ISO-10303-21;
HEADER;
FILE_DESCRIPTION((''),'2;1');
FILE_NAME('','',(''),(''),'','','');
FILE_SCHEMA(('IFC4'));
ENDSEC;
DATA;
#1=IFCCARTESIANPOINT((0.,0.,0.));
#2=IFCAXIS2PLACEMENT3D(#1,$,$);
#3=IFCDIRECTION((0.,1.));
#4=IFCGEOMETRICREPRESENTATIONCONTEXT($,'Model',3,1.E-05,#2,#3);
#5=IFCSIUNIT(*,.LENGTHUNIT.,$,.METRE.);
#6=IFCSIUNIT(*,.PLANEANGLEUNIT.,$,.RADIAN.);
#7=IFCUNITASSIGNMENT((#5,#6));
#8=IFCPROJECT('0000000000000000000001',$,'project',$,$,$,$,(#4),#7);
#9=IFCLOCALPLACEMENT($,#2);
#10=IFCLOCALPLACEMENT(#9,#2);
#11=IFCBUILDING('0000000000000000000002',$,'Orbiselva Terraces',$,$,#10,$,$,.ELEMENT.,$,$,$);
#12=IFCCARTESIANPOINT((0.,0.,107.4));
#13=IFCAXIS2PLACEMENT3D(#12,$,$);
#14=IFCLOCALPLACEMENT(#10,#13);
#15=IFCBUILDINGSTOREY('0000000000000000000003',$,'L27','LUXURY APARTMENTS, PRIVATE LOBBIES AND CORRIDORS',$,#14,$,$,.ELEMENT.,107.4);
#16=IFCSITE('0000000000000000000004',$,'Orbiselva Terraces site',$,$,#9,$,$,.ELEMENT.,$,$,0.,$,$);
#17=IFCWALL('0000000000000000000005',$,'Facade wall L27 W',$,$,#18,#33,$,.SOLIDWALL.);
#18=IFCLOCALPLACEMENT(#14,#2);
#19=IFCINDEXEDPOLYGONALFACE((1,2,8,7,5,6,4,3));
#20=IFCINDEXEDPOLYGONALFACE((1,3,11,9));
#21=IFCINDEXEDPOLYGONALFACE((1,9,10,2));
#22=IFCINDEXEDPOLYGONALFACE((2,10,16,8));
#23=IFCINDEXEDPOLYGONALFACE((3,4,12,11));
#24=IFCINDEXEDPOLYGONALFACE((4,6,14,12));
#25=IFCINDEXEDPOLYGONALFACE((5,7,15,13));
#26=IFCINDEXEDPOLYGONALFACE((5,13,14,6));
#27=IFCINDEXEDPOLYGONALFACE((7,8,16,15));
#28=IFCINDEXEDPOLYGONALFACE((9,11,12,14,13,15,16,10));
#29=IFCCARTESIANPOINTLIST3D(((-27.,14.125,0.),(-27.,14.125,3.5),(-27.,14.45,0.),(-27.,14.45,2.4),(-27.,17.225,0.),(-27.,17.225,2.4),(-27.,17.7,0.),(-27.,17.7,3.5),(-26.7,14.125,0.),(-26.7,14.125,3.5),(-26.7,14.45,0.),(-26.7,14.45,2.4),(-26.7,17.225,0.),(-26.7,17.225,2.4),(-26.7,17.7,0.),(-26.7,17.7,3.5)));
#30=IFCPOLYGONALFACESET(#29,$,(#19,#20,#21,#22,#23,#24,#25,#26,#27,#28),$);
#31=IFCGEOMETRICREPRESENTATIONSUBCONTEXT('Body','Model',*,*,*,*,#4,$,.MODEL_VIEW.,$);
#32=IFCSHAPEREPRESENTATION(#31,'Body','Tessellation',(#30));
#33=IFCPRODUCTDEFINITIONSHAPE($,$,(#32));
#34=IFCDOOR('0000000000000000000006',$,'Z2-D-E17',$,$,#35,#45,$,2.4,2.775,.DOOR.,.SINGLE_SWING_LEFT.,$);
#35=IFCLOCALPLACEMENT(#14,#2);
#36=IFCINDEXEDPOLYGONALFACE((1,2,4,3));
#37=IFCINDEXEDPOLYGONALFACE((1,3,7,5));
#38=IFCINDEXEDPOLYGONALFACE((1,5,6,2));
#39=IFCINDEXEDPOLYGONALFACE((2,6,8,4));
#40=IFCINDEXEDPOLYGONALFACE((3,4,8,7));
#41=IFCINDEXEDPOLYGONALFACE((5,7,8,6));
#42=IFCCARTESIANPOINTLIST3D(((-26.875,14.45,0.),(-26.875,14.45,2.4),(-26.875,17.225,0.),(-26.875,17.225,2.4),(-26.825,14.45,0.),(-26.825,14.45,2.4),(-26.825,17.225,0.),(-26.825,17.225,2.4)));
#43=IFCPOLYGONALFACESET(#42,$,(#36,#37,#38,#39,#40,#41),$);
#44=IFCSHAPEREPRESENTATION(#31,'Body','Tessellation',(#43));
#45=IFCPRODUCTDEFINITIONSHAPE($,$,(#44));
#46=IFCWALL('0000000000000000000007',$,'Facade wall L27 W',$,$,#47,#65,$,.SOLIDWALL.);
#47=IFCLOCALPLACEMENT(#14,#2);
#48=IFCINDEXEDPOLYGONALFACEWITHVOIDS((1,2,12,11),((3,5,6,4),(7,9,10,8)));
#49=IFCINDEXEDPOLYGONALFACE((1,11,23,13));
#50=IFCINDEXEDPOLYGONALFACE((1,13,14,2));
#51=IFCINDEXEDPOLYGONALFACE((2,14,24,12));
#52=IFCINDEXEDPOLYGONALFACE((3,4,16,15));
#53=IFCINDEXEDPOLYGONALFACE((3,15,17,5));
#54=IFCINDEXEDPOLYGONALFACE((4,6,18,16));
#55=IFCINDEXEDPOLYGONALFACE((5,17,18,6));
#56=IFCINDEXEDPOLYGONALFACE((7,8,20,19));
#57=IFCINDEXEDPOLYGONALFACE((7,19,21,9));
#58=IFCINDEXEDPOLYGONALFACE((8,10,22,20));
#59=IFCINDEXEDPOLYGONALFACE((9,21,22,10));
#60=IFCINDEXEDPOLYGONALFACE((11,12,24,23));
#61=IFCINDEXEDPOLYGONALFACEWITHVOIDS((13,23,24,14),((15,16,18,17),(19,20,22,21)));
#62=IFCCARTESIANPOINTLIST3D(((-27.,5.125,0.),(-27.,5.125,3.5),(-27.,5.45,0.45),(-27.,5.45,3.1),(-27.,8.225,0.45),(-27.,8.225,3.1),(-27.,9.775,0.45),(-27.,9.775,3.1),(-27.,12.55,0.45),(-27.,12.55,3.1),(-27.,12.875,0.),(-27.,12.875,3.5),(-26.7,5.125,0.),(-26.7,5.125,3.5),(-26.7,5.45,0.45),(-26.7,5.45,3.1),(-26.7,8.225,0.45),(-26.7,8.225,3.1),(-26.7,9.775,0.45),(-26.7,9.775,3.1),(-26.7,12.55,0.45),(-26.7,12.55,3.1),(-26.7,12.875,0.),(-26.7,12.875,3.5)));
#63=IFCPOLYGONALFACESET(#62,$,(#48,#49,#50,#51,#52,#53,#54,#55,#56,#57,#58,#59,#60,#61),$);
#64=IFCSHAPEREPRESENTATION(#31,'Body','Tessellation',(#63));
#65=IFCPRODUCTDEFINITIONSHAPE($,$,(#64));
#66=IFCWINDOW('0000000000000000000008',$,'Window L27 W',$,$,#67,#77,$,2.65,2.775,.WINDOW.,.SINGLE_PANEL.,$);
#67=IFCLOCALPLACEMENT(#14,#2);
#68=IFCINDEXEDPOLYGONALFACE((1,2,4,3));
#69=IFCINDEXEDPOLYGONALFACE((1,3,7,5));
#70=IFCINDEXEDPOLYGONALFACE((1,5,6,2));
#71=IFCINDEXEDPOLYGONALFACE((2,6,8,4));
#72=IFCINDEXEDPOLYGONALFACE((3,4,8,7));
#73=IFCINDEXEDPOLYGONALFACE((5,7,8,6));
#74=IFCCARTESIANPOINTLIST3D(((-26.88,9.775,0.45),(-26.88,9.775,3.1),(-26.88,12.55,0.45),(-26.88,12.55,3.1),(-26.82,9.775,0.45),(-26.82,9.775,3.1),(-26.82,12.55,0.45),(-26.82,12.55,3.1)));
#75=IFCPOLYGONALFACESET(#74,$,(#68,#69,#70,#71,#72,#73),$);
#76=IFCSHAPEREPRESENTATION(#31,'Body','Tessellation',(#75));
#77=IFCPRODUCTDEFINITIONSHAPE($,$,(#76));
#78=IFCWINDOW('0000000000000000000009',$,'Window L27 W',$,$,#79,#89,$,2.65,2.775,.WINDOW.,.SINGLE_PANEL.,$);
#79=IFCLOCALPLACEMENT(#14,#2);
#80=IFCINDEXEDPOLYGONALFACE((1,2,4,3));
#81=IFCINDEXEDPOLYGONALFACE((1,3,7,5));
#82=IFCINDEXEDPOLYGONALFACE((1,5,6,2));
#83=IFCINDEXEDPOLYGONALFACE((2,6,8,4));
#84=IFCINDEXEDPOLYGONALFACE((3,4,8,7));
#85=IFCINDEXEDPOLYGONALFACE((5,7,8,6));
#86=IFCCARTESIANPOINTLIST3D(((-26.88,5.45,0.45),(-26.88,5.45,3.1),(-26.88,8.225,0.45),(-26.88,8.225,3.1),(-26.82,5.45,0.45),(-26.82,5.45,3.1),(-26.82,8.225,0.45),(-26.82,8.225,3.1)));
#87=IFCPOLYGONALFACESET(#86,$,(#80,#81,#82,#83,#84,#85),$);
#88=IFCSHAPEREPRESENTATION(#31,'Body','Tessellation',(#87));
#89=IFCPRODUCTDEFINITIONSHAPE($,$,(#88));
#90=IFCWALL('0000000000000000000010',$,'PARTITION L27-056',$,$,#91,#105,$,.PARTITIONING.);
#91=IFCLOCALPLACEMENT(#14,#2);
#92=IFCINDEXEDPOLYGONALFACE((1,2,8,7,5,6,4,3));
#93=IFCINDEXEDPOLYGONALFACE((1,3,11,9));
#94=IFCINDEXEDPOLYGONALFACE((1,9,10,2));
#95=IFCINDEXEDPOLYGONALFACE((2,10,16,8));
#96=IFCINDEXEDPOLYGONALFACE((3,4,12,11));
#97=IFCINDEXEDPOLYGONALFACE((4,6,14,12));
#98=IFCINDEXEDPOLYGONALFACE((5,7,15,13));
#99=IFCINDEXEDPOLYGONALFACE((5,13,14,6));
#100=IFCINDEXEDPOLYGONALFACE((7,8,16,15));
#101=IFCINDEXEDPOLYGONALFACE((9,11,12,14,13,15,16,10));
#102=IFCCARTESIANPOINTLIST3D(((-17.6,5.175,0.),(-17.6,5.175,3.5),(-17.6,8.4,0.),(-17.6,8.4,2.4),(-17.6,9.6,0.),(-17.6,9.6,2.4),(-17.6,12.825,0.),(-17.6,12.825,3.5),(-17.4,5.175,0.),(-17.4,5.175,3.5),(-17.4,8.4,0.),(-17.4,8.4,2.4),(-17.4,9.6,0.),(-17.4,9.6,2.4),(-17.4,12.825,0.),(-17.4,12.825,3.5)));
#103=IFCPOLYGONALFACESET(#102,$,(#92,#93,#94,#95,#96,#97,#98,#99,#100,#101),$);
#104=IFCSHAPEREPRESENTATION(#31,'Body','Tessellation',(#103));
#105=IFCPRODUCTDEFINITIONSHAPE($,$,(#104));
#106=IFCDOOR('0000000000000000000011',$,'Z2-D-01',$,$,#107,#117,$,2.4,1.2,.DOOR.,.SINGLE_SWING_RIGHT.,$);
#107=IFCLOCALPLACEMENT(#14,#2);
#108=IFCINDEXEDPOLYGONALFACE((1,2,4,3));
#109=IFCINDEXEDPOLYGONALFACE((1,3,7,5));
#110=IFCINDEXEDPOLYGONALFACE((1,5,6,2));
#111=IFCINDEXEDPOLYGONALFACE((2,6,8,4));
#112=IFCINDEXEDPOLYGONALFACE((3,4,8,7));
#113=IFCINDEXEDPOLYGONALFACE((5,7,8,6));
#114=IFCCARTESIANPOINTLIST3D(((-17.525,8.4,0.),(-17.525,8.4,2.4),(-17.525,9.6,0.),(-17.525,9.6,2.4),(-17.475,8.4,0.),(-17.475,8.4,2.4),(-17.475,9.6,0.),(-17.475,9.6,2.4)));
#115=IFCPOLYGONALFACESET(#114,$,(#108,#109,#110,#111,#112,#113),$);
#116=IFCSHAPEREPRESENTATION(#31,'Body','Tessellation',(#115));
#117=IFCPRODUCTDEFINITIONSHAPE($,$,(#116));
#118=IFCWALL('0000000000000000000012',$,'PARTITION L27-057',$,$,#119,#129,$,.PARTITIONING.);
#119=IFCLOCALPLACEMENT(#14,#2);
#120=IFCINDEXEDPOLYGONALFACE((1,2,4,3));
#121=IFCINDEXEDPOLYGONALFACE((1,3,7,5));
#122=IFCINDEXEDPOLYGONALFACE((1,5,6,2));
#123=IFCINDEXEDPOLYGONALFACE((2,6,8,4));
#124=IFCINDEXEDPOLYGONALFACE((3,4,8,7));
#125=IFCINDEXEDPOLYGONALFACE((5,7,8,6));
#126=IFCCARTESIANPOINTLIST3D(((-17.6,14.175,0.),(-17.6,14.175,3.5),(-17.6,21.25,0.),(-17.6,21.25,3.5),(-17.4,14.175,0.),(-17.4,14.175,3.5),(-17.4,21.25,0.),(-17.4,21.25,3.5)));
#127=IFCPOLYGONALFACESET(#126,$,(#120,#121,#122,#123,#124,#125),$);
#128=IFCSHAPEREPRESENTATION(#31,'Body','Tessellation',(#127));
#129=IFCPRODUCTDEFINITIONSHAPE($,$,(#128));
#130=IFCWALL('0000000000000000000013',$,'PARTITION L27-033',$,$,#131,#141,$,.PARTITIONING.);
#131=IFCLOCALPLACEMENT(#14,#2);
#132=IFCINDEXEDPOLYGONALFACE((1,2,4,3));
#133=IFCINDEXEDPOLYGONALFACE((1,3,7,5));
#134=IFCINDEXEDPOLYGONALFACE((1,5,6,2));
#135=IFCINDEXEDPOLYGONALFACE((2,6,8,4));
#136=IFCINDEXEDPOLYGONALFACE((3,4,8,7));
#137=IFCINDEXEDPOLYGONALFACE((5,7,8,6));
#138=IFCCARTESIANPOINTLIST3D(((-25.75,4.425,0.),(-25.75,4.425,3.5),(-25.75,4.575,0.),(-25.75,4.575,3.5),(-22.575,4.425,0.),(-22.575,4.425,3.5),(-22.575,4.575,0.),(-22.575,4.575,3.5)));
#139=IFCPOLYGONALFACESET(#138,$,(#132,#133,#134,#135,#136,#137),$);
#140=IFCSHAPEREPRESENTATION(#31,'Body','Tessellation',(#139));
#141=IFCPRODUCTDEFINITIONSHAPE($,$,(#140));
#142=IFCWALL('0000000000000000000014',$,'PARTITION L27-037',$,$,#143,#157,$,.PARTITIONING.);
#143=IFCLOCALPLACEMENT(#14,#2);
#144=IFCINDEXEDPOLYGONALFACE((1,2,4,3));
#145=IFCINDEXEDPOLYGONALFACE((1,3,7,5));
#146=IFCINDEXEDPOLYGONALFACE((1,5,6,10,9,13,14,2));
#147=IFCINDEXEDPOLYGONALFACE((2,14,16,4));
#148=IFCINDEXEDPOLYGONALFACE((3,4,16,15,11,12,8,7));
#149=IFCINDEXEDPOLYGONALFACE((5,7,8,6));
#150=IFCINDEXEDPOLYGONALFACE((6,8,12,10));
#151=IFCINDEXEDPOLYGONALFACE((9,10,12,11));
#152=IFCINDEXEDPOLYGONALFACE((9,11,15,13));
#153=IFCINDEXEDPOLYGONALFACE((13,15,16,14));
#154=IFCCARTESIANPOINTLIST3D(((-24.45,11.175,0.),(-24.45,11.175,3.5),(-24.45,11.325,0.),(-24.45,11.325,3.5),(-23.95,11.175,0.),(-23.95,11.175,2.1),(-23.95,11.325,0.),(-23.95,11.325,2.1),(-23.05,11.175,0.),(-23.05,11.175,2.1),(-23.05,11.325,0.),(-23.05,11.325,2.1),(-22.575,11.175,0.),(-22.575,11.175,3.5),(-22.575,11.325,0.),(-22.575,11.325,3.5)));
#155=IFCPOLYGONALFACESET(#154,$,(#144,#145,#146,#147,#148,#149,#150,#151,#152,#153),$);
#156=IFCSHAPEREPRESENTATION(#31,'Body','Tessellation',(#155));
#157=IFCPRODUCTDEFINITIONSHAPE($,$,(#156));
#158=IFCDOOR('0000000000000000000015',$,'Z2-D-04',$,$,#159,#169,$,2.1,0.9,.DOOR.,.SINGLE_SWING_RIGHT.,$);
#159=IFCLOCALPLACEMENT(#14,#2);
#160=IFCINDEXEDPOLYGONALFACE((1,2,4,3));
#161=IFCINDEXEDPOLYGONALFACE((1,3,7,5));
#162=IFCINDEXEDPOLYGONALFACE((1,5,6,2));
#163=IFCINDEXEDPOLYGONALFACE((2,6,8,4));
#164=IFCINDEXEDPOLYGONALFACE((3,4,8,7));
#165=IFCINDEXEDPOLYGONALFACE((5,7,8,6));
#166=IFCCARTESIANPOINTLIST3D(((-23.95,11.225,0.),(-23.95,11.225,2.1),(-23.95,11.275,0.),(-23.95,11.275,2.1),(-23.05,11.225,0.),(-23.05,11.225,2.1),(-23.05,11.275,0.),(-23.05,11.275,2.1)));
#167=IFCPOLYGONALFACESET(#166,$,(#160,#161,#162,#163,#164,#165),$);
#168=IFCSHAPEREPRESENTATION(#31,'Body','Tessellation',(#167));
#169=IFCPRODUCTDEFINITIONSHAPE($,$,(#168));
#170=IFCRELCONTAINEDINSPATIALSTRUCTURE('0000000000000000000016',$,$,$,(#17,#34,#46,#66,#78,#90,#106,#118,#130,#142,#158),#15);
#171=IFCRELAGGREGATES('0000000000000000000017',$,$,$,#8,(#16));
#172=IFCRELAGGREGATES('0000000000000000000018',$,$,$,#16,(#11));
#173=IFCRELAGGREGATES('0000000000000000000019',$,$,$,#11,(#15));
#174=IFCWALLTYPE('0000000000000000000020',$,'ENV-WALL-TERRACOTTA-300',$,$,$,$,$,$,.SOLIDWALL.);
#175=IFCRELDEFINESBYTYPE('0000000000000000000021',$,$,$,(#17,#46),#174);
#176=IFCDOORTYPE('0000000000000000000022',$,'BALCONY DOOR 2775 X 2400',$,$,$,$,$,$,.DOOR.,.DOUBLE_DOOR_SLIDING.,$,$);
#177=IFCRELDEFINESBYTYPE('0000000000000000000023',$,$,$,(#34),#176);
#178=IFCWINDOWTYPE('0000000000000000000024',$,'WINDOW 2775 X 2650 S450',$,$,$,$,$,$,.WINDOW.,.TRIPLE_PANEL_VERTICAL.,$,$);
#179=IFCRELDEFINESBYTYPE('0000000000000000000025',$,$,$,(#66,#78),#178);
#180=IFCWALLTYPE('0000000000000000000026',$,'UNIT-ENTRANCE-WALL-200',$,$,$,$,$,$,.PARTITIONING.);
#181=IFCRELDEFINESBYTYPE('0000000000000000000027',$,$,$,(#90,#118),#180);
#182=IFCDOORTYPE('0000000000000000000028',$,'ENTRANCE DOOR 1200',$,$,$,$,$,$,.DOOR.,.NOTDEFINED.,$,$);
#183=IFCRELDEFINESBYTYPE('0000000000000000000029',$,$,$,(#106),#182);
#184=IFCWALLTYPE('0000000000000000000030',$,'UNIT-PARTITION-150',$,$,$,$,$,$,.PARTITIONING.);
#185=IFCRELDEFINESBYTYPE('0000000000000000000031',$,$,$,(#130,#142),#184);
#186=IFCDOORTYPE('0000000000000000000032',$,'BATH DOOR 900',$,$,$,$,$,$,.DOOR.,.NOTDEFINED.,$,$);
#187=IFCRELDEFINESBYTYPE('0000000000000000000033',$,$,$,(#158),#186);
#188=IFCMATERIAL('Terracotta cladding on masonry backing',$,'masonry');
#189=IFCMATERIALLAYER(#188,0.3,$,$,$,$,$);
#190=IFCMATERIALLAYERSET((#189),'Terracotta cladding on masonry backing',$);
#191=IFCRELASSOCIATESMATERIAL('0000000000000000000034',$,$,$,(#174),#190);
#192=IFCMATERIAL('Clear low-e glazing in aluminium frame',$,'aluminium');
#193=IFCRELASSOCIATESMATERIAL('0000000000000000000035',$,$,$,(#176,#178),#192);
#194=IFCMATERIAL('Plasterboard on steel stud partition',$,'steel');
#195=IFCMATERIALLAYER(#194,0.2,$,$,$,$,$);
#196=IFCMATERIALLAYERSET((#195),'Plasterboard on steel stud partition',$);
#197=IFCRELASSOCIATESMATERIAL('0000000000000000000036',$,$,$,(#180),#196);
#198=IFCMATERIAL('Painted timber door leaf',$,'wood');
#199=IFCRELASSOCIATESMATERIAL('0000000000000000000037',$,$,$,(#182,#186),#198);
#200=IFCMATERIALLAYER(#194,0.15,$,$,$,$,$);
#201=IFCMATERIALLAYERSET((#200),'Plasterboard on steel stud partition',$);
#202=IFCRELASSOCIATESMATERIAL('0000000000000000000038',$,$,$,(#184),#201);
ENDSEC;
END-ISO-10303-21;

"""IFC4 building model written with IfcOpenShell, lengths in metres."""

from ifc_helpers import new_model, si_unit, direction, frame, frame_2d, origin, place, context, subcontext, project, spatial, rectangle, extrude, material, layer, layer_set, type_object, element, fill, save


model = new_model("IFC4")

# Units and contexts
model_context = context("Model", 3, precision=1e-05, world=origin(), true_north=direction((0.0, 1.0)))
body_context = subcontext(model_context, "Body", "Model", "MODEL_VIEW")
ifc_project = project(units=[si_unit("LENGTHUNIT", "METRE"), si_unit("PLANEANGLEUNIT", "RADIAN")], contexts=[model_context])

# Site, building, storey
site_placement = place(None, origin())
site = spatial("IfcSite", under=ifc_project, at=site_placement, Name="Orbiselva Terraces site", CompositionType="ELEMENT", RefElevation=0.0)
building_placement = place(site_placement, origin())
building = spatial("IfcBuilding", under=site, at=building_placement, Name="Orbiselva Terraces", CompositionType="ELEMENT")
storey_placement = place(building_placement, frame((0.0, 0.0, 107.4)))
storey = spatial("IfcBuildingStorey", under=building, at=storey_placement, Name="L27", Description="LUXURY APARTMENTS, PRIVATE LOBBIES AND CORRIDORS", CompositionType="ELEMENT", Elevation=107.4)

# Wall, opening, door
ifc_material_1 = material(Name="Terracotta cladding on masonry backing", Category="masonry")
ifc_layer_1 = layer(ifc_material_1, 0.3)
ifc_layer_set_1 = layer_set([ifc_layer_1], Name="Terracotta cladding on masonry backing")
wall_type_1 = type_object("IfcWallType", Name="ENV-WALL-TERRACOTTA-300", PredefinedType="SOLIDWALL", material=ifc_layer_set_1)
wall_1_placement = place(storey_placement, frame((-26.85, 14.125, 0.0), z_axis=(0.0, 0.0, 1.0), x_axis=(0.0, 1.0, 0.0)))
wall_1 = element("IfcWall", 1, at=wall_1_placement, inside=storey, type_object=wall_type_1, Name="Facade wall L27 W", PredefinedType="SOLIDWALL", context=body_context, shape_type="SweptSolid", body=[
    extrude(rectangle(XDim=3.575, YDim=0.3, at=frame_2d((1.7875, 0.0))), origin(), (0.0, 0.0, 1.0), 3.5),
])
opening_1_placement = place(wall_1_placement, frame((0.325, 0.0, 0.0)))
opening_1 = element("IfcOpeningElement", 2, at=opening_1_placement, cuts=wall_1, PredefinedType="OPENING", context=body_context, shape_type="SweptSolid", body=[
    extrude(rectangle(XDim=2.775, YDim=2.4, at=frame_2d((1.3875, 1.2))), frame((0.0, 0.16, 0.0), z_axis=(0.0, -1.0, 0.0), x_axis=(1.0, 0.0, 0.0)), (0.0, 0.0, 1.0), 0.32),
])
ifc_material_2 = material(Name="Clear low-e glazing in aluminium frame", Category="aluminium")
door_type_1 = type_object("IfcDoorType", Name="BALCONY DOOR 2775 X 2400", OperationType="DOUBLE_DOOR_SLIDING", PredefinedType="DOOR", material=ifc_material_2)
door_1_placement = place(opening_1_placement, origin())
door_1 = element("IfcDoor", 3, at=door_1_placement, inside=storey, type_object=door_type_1, Name="Z2-D-E17", OperationType="SINGLE_SWING_LEFT", OverallHeight=2.4, OverallWidth=2.775, PredefinedType="DOOR", context=body_context, shape_type="SweptSolid", body=[
    extrude(rectangle(XDim=2.775, YDim=2.4, at=frame_2d((1.3875, 1.2))), frame((0.0, 0.025, 0.0), z_axis=(0.0, -1.0, 0.0), x_axis=(1.0, 0.0, 0.0)), (0.0, 0.0, 1.0), 0.05),
])
fill(opening_1, door_1)

# Wall, openings, windows
wall_2_placement = place(storey_placement, frame((-26.85, 5.125, 0.0), z_axis=(0.0, 0.0, 1.0), x_axis=(0.0, 1.0, 0.0)))
wall_2 = element("IfcWall", 4, at=wall_2_placement, inside=storey, type_object=wall_type_1, Name="Facade wall L27 W", PredefinedType="SOLIDWALL", context=body_context, shape_type="SweptSolid", body=[
    extrude(rectangle(XDim=7.75, YDim=0.3, at=frame_2d((3.875, 0.0))), origin(), (0.0, 0.0, 1.0), 3.5),
])
opening_2_placement = place(wall_2_placement, frame((4.65, 0.0, 0.45)))
opening_2 = element("IfcOpeningElement", 5, at=opening_2_placement, cuts=wall_2, PredefinedType="OPENING", context=body_context, shape_type="SweptSolid", body=[
    extrude(rectangle(XDim=2.775, YDim=2.65, at=frame_2d((1.3875, 1.325))), frame((0.0, 0.16, 0.0), z_axis=(0.0, -1.0, 0.0), x_axis=(1.0, 0.0, 0.0)), (0.0, 0.0, 1.0), 0.32),
])
opening_3_placement = place(wall_2_placement, frame((0.325, 0.0, 0.45)))
opening_3 = element("IfcOpeningElement", 6, at=opening_3_placement, cuts=wall_2, PredefinedType="OPENING", context=body_context, shape_type="SweptSolid", body=[
    extrude(rectangle(XDim=2.775, YDim=2.65, at=frame_2d((1.3875, 1.325))), frame((0.0, 0.16, 0.0), z_axis=(0.0, -1.0, 0.0), x_axis=(1.0, 0.0, 0.0)), (0.0, 0.0, 1.0), 0.32),
])
window_type = type_object("IfcWindowType", Name="WINDOW 2775 X 2650 S450", PartitioningType="TRIPLE_PANEL_VERTICAL", PredefinedType="WINDOW", material=ifc_material_2)
window_1_placement = place(opening_2_placement, origin())
window_1 = element("IfcWindow", 7, at=window_1_placement, inside=storey, type_object=window_type, Name="Window L27 W", OverallHeight=2.65, OverallWidth=2.775, PartitioningType="SINGLE_PANEL", PredefinedType="WINDOW", context=body_context, shape_type="SweptSolid", body=[
    extrude(rectangle(XDim=2.775, YDim=2.65, at=frame_2d((1.3875, 1.325))), frame((0.0, 0.03, 0.0), z_axis=(0.0, -1.0, 0.0), x_axis=(1.0, 0.0, 0.0)), (0.0, 0.0, 1.0), 0.06),
])
fill(opening_2, window_1)
window_2_placement = place(opening_3_placement, origin())
window_2 = element("IfcWindow", 8, at=window_2_placement, inside=storey, type_object=window_type, Name="Window L27 W", OverallHeight=2.65, OverallWidth=2.775, PartitioningType="SINGLE_PANEL", PredefinedType="WINDOW", context=body_context, shape_type="SweptSolid", body=[
    extrude(rectangle(XDim=2.775, YDim=2.65, at=frame_2d((1.3875, 1.325))), frame((0.0, 0.03, 0.0), z_axis=(0.0, -1.0, 0.0), x_axis=(1.0, 0.0, 0.0)), (0.0, 0.0, 1.0), 0.06),
])
fill(opening_3, window_2)

# Wall, opening, door
ifc_material_3 = material(Name="Plasterboard on steel stud partition", Category="steel")
ifc_layer_2 = layer(ifc_material_3, 0.2)
ifc_layer_set_2 = layer_set([ifc_layer_2], Name="Plasterboard on steel stud partition")
wall_type_2 = type_object("IfcWallType", Name="UNIT-ENTRANCE-WALL-200", PredefinedType="PARTITIONING", material=ifc_layer_set_2)
wall_3_placement = place(storey_placement, frame((-17.5, 5.175, 0.0), z_axis=(0.0, 0.0, 1.0), x_axis=(0.0, 1.0, 0.0)))
wall_3 = element("IfcWall", 9, at=wall_3_placement, inside=storey, type_object=wall_type_2, Name="PARTITION L27-056", PredefinedType="PARTITIONING", context=body_context, shape_type="SweptSolid", body=[
    extrude(rectangle(XDim=7.65, YDim=0.2, at=frame_2d((3.825, 0.0))), origin(), (0.0, 0.0, 1.0), 3.5),
])
opening_4_placement = place(wall_3_placement, frame((3.225, 0.0, 0.0)))
opening_4 = element("IfcOpeningElement", 10, at=opening_4_placement, cuts=wall_3, PredefinedType="OPENING", context=body_context, shape_type="SweptSolid", body=[
    extrude(rectangle(XDim=1.2, YDim=2.4, at=frame_2d((0.6, 1.2))), frame((0.0, 0.11, 0.0), z_axis=(0.0, -1.0, 0.0), x_axis=(1.0, 0.0, 0.0)), (0.0, 0.0, 1.0), 0.22),
])
ifc_material_4 = material(Name="Painted timber door leaf", Category="wood")
door_type_2 = type_object("IfcDoorType", Name="ENTRANCE DOOR 1200", OperationType="NOTDEFINED", PredefinedType="DOOR", material=ifc_material_4)
door_2_placement = place(opening_4_placement, origin())
door_2 = element("IfcDoor", 11, at=door_2_placement, inside=storey, type_object=door_type_2, Name="Z2-D-01", OperationType="SINGLE_SWING_RIGHT", OverallHeight=2.4, OverallWidth=1.2, PredefinedType="DOOR", context=body_context, shape_type="SweptSolid", body=[
    extrude(rectangle(XDim=1.2, YDim=2.4, at=frame_2d((0.6, 1.2))), frame((0.0, 0.025, 0.0), z_axis=(0.0, -1.0, 0.0), x_axis=(1.0, 0.0, 0.0)), (0.0, 0.0, 1.0), 0.05),
])
fill(opening_4, door_2)

# Walls
wall_4_placement = place(storey_placement, frame((-17.5, 14.175, 0.0), z_axis=(0.0, 0.0, 1.0), x_axis=(0.0, 1.0, 0.0)))
element("IfcWall", 12, at=wall_4_placement, inside=storey, type_object=wall_type_2, Name="PARTITION L27-057", PredefinedType="PARTITIONING", context=body_context, shape_type="SweptSolid", body=[
    extrude(rectangle(XDim=7.075, YDim=0.2, at=frame_2d((3.5375, 0.0))), origin(), (0.0, 0.0, 1.0), 3.5),
])
ifc_layer_3 = layer(ifc_material_3, 0.15)
ifc_layer_set_3 = layer_set([ifc_layer_3], Name="Plasterboard on steel stud partition")
wall_type_3 = type_object("IfcWallType", Name="UNIT-PARTITION-150", PredefinedType="PARTITIONING", material=ifc_layer_set_3)
wall_5_placement = place(storey_placement, frame((-25.75, 4.5, 0.0), z_axis=(0.0, 0.0, 1.0), x_axis=(1.0, 0.0, 0.0)))
element("IfcWall", 13, at=wall_5_placement, inside=storey, type_object=wall_type_3, Name="PARTITION L27-033", PredefinedType="PARTITIONING", context=body_context, shape_type="SweptSolid", body=[
    extrude(rectangle(XDim=3.175, YDim=0.15, at=frame_2d((1.5875, 0.0))), origin(), (0.0, 0.0, 1.0), 3.5),
])

# Wall, opening, door
wall_6_placement = place(storey_placement, frame((-24.45, 11.25, 0.0), z_axis=(0.0, 0.0, 1.0), x_axis=(1.0, 0.0, 0.0)))
wall_6 = element("IfcWall", 14, at=wall_6_placement, inside=storey, type_object=wall_type_3, Name="PARTITION L27-037", PredefinedType="PARTITIONING", context=body_context, shape_type="SweptSolid", body=[
    extrude(rectangle(XDim=1.875, YDim=0.15, at=frame_2d((0.9375, 0.0))), origin(), (0.0, 0.0, 1.0), 3.5),
])
opening_5_placement = place(wall_6_placement, frame((0.5, 0.0, 0.0)))
opening_5 = element("IfcOpeningElement", 15, at=opening_5_placement, cuts=wall_6, PredefinedType="OPENING", context=body_context, shape_type="SweptSolid", body=[
    extrude(rectangle(XDim=0.9, YDim=2.1, at=frame_2d((0.45, 1.05))), frame((0.0, 0.085, 0.0), z_axis=(0.0, -1.0, 0.0), x_axis=(1.0, 0.0, 0.0)), (0.0, 0.0, 1.0), 0.17),
])
door_type_3 = type_object("IfcDoorType", Name="BATH DOOR 900", OperationType="NOTDEFINED", PredefinedType="DOOR", material=ifc_material_4)
door_3_placement = place(opening_5_placement, origin())
door_3 = element("IfcDoor", 16, at=door_3_placement, inside=storey, type_object=door_type_3, Name="Z2-D-04", OperationType="SINGLE_SWING_RIGHT", OverallHeight=2.1, OverallWidth=0.9, PredefinedType="DOOR", context=body_context, shape_type="SweptSolid", body=[
    extrude(rectangle(XDim=0.9, YDim=2.1, at=frame_2d((0.45, 1.05))), frame((0.0, 0.025, 0.0), z_axis=(0.0, -1.0, 0.0), x_axis=(1.0, 0.0, 0.0)), (0.0, 0.0, 1.0), 0.05),
])
fill(opening_5, door_3)

save(model, "model.ifc")
